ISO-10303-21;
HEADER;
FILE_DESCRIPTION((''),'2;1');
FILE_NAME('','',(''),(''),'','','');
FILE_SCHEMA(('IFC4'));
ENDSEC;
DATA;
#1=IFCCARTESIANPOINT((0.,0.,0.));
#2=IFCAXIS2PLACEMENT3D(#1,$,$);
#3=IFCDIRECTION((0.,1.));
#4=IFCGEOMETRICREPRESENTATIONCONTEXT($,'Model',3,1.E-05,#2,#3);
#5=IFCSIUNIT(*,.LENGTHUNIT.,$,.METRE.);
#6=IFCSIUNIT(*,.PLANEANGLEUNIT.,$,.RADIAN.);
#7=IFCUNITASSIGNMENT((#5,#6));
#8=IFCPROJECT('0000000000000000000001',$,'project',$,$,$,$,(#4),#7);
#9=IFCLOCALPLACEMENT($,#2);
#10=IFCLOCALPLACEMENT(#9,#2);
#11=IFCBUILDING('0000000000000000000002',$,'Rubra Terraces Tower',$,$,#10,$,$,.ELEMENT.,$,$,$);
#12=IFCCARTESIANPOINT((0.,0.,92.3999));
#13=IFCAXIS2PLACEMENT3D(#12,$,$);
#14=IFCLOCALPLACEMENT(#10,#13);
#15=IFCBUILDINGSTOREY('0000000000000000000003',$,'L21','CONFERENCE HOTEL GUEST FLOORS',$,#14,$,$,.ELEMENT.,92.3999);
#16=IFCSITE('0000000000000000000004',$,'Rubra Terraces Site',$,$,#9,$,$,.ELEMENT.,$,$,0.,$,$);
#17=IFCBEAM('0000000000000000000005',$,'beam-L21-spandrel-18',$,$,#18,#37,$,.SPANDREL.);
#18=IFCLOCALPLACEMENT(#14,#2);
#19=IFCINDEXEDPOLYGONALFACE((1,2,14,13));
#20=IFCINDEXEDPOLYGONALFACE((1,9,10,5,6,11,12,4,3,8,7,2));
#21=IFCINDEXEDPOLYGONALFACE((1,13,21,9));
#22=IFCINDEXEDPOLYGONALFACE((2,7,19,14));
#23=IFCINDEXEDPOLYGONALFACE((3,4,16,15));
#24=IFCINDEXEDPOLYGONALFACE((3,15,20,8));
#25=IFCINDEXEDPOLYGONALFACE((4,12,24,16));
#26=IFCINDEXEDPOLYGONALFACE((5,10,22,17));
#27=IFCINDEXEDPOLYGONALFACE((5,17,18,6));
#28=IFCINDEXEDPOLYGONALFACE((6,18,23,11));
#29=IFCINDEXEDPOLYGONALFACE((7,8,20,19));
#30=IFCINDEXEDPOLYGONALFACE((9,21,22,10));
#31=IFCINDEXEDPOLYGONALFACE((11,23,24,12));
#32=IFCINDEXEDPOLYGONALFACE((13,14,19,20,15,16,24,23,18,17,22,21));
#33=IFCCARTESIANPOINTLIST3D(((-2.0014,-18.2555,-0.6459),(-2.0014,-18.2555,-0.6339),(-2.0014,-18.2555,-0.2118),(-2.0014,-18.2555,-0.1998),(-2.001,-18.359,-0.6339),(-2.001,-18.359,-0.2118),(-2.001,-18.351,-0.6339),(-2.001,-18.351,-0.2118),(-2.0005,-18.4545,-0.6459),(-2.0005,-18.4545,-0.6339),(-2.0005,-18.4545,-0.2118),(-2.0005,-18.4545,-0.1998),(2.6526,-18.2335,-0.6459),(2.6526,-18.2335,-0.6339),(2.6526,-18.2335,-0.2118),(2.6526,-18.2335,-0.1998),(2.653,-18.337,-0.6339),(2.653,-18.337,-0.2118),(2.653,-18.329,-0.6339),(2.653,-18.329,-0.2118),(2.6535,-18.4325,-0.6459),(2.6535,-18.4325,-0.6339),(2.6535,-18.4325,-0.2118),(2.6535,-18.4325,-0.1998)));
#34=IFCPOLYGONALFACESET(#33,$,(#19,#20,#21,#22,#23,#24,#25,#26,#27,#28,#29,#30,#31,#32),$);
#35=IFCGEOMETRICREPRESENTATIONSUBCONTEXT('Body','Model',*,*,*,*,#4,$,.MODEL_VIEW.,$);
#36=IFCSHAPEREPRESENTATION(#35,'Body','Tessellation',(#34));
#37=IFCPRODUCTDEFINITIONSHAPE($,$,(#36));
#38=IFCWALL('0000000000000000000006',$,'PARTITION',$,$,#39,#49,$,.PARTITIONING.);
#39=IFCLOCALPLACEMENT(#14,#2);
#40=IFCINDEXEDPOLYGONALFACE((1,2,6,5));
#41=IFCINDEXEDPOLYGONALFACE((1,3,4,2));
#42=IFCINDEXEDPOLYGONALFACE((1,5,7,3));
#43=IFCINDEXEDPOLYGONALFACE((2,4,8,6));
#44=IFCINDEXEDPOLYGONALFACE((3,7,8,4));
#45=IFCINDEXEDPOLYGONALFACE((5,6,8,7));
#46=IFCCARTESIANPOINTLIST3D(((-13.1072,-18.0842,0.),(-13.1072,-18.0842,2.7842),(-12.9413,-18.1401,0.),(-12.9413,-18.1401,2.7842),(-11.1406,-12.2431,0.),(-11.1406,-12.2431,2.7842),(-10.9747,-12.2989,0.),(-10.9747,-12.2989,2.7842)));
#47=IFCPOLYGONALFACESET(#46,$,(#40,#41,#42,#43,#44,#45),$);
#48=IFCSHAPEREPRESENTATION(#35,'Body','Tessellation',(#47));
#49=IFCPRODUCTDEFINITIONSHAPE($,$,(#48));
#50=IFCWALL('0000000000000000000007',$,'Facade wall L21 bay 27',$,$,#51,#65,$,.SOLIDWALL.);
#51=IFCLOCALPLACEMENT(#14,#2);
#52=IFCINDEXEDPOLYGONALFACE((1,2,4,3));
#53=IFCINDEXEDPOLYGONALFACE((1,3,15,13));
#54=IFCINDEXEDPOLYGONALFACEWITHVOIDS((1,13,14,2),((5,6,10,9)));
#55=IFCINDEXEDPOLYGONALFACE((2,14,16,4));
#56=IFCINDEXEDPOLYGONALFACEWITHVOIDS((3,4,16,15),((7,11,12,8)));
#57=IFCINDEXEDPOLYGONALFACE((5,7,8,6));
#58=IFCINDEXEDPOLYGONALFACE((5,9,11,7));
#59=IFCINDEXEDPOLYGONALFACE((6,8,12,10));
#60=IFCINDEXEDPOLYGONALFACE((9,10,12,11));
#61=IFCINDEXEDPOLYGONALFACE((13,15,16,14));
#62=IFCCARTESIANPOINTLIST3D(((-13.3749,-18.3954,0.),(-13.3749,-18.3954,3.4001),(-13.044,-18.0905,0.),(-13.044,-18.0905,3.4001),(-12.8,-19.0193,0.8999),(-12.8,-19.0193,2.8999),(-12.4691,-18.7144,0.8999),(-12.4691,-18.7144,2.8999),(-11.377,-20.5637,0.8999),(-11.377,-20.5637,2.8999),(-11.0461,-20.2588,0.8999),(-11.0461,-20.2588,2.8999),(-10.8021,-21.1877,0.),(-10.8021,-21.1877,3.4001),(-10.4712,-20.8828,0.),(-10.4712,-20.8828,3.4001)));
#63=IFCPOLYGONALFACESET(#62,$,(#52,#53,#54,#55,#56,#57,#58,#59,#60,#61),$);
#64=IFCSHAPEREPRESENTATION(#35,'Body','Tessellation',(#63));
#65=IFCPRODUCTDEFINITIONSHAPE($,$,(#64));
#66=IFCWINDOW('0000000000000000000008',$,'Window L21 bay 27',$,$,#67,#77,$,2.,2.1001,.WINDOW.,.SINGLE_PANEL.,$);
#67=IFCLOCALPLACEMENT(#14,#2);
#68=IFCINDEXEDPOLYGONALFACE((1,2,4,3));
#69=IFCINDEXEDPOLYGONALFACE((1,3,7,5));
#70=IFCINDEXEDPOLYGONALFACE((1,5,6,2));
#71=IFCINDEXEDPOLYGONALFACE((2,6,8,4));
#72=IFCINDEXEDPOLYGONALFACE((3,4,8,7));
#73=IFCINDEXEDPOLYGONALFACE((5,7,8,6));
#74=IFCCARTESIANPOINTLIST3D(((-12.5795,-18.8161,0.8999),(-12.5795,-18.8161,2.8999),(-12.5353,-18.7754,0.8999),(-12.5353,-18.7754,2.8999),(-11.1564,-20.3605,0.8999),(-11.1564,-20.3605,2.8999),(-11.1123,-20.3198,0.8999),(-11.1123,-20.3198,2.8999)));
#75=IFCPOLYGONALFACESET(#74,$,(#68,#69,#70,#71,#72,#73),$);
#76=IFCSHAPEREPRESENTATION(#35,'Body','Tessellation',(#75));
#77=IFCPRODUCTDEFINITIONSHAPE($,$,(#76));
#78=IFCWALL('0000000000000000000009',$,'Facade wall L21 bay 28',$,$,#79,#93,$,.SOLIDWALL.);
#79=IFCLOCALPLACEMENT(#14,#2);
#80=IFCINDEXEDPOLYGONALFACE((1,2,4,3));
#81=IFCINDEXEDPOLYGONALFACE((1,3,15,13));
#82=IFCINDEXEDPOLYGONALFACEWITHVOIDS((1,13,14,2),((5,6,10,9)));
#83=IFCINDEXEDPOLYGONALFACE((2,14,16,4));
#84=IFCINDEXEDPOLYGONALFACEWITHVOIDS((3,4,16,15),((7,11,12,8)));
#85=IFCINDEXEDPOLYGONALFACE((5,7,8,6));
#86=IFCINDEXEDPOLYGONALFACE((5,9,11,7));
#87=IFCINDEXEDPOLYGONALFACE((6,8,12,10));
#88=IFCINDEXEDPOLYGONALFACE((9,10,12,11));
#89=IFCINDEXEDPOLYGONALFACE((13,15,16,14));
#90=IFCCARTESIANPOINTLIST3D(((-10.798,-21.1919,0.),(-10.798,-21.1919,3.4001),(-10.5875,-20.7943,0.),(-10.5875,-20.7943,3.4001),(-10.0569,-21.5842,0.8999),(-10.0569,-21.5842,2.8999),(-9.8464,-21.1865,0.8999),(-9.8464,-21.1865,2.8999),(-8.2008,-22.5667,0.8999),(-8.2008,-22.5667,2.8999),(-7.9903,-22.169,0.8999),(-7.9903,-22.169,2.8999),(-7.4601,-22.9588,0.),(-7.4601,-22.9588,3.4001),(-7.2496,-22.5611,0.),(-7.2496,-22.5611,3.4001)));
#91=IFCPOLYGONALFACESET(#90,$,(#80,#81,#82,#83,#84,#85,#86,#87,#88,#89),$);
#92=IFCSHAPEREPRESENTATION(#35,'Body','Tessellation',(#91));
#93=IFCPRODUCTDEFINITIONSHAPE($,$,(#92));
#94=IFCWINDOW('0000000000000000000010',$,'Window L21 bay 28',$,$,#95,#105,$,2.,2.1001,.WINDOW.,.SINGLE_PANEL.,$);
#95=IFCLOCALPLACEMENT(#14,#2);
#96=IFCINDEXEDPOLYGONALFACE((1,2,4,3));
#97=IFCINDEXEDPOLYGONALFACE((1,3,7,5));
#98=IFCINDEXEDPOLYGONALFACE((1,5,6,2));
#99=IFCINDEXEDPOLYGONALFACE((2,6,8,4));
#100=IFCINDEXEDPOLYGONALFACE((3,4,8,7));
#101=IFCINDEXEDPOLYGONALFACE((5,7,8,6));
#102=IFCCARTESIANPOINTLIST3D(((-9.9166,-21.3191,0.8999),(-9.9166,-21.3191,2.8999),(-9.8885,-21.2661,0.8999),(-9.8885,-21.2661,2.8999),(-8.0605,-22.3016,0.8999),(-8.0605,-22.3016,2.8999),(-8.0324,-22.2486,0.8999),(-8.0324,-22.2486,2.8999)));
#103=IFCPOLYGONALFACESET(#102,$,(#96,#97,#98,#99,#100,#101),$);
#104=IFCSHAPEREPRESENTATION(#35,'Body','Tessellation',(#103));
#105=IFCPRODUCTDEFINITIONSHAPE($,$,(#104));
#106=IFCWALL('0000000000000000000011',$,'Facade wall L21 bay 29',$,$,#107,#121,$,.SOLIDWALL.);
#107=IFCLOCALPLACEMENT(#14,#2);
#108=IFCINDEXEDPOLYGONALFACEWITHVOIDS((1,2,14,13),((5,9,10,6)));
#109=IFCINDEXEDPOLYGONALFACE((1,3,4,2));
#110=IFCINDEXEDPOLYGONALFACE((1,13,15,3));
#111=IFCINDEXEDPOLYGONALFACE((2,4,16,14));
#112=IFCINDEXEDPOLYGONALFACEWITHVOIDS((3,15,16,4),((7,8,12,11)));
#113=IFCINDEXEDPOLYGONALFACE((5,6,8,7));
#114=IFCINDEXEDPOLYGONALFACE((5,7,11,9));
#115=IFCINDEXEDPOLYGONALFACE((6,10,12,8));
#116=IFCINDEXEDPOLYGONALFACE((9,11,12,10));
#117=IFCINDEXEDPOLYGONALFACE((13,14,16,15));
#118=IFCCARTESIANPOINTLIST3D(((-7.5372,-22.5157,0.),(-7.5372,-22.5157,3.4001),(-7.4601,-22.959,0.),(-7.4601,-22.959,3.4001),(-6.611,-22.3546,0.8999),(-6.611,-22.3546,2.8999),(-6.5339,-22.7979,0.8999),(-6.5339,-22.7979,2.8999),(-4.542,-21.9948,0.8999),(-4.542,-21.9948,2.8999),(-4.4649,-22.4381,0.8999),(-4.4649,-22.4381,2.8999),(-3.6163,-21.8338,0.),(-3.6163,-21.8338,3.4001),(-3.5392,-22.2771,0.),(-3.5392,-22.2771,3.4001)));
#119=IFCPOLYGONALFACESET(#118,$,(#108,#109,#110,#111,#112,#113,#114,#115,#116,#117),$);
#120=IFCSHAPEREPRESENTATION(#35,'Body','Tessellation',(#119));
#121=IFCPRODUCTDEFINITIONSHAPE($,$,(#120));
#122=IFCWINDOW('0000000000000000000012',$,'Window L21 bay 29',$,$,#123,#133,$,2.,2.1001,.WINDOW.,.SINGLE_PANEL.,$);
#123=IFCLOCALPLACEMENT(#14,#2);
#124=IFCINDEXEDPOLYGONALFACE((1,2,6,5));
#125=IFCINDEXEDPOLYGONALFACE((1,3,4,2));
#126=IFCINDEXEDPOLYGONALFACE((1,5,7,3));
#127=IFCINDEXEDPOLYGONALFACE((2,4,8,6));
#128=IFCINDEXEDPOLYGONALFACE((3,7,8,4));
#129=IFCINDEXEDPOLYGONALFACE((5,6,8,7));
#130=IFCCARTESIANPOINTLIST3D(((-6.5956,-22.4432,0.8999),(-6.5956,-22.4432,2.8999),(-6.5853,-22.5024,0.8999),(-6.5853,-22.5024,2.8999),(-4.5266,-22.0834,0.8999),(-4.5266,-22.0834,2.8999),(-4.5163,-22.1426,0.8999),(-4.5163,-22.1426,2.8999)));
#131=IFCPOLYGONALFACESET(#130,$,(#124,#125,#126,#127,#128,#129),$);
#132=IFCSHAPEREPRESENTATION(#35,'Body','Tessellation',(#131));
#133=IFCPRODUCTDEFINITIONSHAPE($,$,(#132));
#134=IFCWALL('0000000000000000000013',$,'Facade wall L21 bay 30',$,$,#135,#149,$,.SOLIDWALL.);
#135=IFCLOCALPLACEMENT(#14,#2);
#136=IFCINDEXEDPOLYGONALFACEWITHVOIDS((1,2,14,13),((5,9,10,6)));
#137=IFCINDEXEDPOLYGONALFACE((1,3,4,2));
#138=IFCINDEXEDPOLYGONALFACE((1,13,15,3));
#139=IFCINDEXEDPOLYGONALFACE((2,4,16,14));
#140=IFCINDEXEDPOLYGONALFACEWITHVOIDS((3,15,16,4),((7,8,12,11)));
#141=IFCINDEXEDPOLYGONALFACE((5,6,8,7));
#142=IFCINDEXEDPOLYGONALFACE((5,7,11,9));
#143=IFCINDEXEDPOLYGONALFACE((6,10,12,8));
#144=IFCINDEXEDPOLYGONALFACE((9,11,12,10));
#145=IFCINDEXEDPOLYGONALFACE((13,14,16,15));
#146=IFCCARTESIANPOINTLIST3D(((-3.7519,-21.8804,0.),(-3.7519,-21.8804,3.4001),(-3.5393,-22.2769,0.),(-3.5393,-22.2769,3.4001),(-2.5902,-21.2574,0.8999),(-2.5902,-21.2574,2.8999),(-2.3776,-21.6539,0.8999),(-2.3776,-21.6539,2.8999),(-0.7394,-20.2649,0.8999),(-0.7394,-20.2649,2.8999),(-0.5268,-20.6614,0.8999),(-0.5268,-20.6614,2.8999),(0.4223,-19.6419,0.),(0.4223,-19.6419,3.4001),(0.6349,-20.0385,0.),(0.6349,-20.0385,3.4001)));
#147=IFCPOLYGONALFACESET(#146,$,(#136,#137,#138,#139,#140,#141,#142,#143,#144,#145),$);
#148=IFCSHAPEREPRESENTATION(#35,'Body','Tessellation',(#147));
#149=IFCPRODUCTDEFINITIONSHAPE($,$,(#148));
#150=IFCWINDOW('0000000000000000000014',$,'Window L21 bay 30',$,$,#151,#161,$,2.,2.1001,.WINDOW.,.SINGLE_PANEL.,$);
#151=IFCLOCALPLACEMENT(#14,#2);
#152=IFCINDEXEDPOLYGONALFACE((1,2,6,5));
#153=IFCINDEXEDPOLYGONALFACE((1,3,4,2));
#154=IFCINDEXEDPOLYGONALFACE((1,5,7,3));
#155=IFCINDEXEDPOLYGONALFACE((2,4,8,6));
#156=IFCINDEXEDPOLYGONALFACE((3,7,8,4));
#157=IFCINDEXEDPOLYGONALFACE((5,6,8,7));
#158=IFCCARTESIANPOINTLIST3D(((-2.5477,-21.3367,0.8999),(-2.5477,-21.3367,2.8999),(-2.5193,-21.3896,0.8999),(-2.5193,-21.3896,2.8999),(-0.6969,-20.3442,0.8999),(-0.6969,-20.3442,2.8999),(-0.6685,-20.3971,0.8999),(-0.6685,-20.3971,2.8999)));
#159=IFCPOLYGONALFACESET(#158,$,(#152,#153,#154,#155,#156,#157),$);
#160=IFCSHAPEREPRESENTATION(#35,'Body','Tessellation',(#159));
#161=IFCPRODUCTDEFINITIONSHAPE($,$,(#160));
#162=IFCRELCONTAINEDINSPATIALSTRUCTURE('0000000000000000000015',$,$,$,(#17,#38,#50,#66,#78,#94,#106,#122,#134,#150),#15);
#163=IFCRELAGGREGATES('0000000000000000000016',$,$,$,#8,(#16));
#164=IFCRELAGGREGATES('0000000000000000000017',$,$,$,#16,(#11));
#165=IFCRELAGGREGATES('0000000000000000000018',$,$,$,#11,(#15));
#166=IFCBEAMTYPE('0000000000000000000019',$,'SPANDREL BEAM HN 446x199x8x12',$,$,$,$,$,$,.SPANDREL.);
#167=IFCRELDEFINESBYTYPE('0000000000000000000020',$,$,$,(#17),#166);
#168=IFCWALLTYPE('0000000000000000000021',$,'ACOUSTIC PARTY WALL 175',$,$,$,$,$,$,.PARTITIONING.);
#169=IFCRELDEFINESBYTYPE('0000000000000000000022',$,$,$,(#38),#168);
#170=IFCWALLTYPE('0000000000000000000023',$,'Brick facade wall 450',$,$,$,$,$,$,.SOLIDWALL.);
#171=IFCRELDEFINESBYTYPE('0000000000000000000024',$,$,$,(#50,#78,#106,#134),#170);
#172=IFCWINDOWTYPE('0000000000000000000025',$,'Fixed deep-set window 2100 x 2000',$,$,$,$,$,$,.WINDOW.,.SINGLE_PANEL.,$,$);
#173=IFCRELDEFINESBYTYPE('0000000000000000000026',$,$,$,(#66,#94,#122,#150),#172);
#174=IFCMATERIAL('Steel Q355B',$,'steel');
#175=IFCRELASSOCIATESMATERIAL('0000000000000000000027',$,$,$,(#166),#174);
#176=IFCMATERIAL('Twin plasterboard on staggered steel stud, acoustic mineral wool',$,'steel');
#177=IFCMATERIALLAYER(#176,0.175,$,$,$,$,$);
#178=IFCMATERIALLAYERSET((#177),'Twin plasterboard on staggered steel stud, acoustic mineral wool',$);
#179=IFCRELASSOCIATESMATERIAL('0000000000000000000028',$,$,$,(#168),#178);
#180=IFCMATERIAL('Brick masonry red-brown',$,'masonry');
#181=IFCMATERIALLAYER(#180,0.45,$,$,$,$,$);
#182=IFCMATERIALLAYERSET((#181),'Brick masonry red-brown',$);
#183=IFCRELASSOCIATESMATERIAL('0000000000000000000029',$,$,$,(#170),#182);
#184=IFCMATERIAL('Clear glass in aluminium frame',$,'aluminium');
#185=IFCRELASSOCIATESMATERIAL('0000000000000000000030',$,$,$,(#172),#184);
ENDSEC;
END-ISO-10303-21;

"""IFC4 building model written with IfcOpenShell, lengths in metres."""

from ifc_helpers import new_model, si_unit, direction, frame, frame_2d, origin, origin_2d, place, context, subcontext, project, spatial, rectangle, i_section, extrude, material, layer, layer_set, material_profile, profile_set, type_object, element, fill, save


model = new_model("IFC4")

# Units and contexts
model_context = context("Model", 3, precision=1e-05, world=origin(), true_north=direction((0.0, 1.0)))
body_context = subcontext(model_context, "Body", "Model", "MODEL_VIEW")
ifc_project = project(units=[si_unit("LENGTHUNIT", "METRE"), si_unit("PLANEANGLEUNIT", "RADIAN")], contexts=[model_context])

# Site, building, storey
site_placement = place(None, origin())
site = spatial("IfcSite", under=ifc_project, at=site_placement, Name="Rubra Terraces Site", CompositionType="ELEMENT", RefElevation=0.0)
building_placement = place(site_placement, origin())
building = spatial("IfcBuilding", under=site, at=building_placement, Name="Rubra Terraces Tower", CompositionType="ELEMENT")
storey_placement = place(building_placement, frame((0.0, 0.0, 92.3999)))
storey = spatial("IfcBuildingStorey", under=building, at=storey_placement, Name="L21", Description="CONFERENCE HOTEL GUEST FLOORS", CompositionType="ELEMENT", Elevation=92.3999)

# Beam
ifc_material_1 = material(Name="Steel Q355B", Category="steel")
ifc_material_profile_1 = material_profile(ifc_material_1, i_section(OverallWidth=0.199, OverallDepth=0.446, WebThickness=0.0081, FlangeThickness=0.012, at=origin_2d()), Name="HN 446x199x8x12")
ifc_profile_set_1 = profile_set([ifc_material_profile_1], Name="Steel Q355B")
beam_type_1 = type_object("IfcBeamType", Name="SPANDREL BEAM HN 446x199x8x12", PredefinedType="SPANDREL", material=ifc_profile_set_1)
beam_1_placement = place(storey_placement, frame((-2.001, -18.355, -0.4229), z_axis=(0.999989, 0.004721, 0.0), x_axis=(-0.004721, 0.999989, 0.0)))
element("IfcBeam", 1, at=beam_1_placement, inside=storey, type_object=beam_type_1, Name="beam-L21-spandrel-18", PredefinedType="SPANDREL", context=body_context, shape_type="SweptSolid", body=[
    extrude(i_section(OverallWidth=0.199, OverallDepth=0.446, WebThickness=0.0081, FlangeThickness=0.012, at=origin_2d()), origin(), (0.0, 0.0, 1.0), 4.6541),
])

# Wall
ifc_material_2 = material(Name="Twin plasterboard on staggered steel stud, acoustic mineral wool", Category="steel")
ifc_layer_1 = layer(ifc_material_2, 0.175)
ifc_layer_set_1 = layer_set([ifc_layer_1], Name="Twin plasterboard on staggered steel stud, acoustic mineral wool")
wall_type_1 = type_object("IfcWallType", Name="ACOUSTIC PARTY WALL 175", PredefinedType="PARTITIONING", material=ifc_layer_set_1)
wall_1_placement = place(storey_placement, frame((-13.0242, -18.1121, 0.0), z_axis=(0.0, 0.0, 1.0), x_axis=(0.319078, 0.947728, 0.0)))
element("IfcWall", 2, at=wall_1_placement, inside=storey, type_object=wall_type_1, Name="PARTITION", PredefinedType="PARTITIONING", context=body_context, shape_type="SweptSolid", body=[
    extrude(rectangle(XDim=6.1633, YDim=0.175, at=frame_2d((3.0815, 0.0))), origin(), (0.0, 0.0, 1.0), 2.7842),
])

# Walls, openings, windows
ifc_material_3 = material(Name="Brick masonry red-brown", Category="masonry")
ifc_layer_2 = layer(ifc_material_3, 0.45)
ifc_layer_set_2 = layer_set([ifc_layer_2], Name="Brick masonry red-brown")
wall_type_2 = type_object("IfcWallType", Name="Brick facade wall 450", PredefinedType="SOLIDWALL", material=ifc_layer_set_2)
wall_2_placement = place(storey_placement, frame((-13.2095, -18.2429, 0.0), z_axis=(0.0, 0.0, 1.0), x_axis=(0.677612, -0.735419, 0.0)))
wall_2 = element("IfcWall", 3, at=wall_2_placement, inside=storey, type_object=wall_type_2, Name="Facade wall L21 bay 27", PredefinedType="SOLIDWALL", context=body_context, shape_type="SweptSolid", body=[
    extrude(rectangle(XDim=3.7969, YDim=0.45, at=frame_2d((1.8984, 0.0))), origin(), (0.0, 0.0, 1.0), 3.4001),
])
opening_1_placement = place(wall_2_placement, frame((0.8484, 0.0, 0.8999)))
opening_1 = element("IfcOpeningElement", 4, at=opening_1_placement, cuts=wall_2, PredefinedType="OPENING", context=body_context, shape_type="SweptSolid", body=[
    extrude(rectangle(XDim=2.1001, YDim=2.0, at=frame_2d((1.05, 1.0))), frame((0.0, 0.2349, 0.0), z_axis=(0.0, -1.0, 0.0), x_axis=(1.0, 0.0, 0.0)), (0.0, 0.0, 1.0), 0.47),
])
ifc_material_4 = material(Name="Clear glass in aluminium frame", Category="aluminium")
window_type = type_object("IfcWindowType", Name="Fixed deep-set window 2100 x 2000", PartitioningType="SINGLE_PANEL", PredefinedType="WINDOW", material=ifc_material_4)
window_1_placement = place(opening_1_placement, origin())
window_1 = element("IfcWindow", 5, at=window_1_placement, inside=storey, type_object=window_type, Name="Window L21 bay 27", OverallHeight=2.0, OverallWidth=2.1001, PartitioningType="SINGLE_PANEL", PredefinedType="WINDOW", context=body_context, shape_type="SweptSolid", body=[
    extrude(rectangle(XDim=2.1001, YDim=2.0, at=frame_2d((1.05, 1.0))), frame((0.0, 0.135, 0.0), z_axis=(0.0, -1.0, 0.0), x_axis=(1.0, 0.0, 0.0)), (0.0, 0.0, 1.0), 0.0601),
])
fill(opening_1, window_1)
wall_3_placement = place(storey_placement, frame((-10.6926, -20.9932, 0.0), z_axis=(0.0, 0.0, 1.0), x_axis=(0.883818, -0.467831, 0.0)))
wall_3 = element("IfcWall", 6, at=wall_3_placement, inside=storey, type_object=wall_type_2, Name="Facade wall L21 bay 28", PredefinedType="SOLIDWALL", context=body_context, shape_type="SweptSolid", body=[
    extrude(rectangle(XDim=3.7766, YDim=0.45, at=frame_2d((1.8882, 0.0))), origin(), (0.0, 0.0, 1.0), 3.4001),
])
opening_2_placement = place(wall_3_placement, frame((0.8384, 0.0, 0.8999)))
opening_2 = element("IfcOpeningElement", 7, at=opening_2_placement, cuts=wall_3, PredefinedType="OPENING", context=body_context, shape_type="SweptSolid", body=[
    extrude(rectangle(XDim=2.1001, YDim=2.0, at=frame_2d((1.05, 1.0))), frame((0.0, 0.2349, 0.0), z_axis=(0.0, -1.0, 0.0), x_axis=(1.0, 0.0, 0.0)), (0.0, 0.0, 1.0), 0.47),
])
window_2_placement = place(opening_2_placement, origin())
window_2 = element("IfcWindow", 8, at=window_2_placement, inside=storey, type_object=window_type, Name="Window L21 bay 28", OverallHeight=2.0, OverallWidth=2.1001, PartitioningType="SINGLE_PANEL", PredefinedType="WINDOW", context=body_context, shape_type="SweptSolid", body=[
    extrude(rectangle(XDim=2.1001, YDim=2.0, at=frame_2d((1.05, 1.0))), frame((0.0, 0.135, 0.0), z_axis=(0.0, -1.0, 0.0), x_axis=(1.0, 0.0, 0.0)), (0.0, 0.0, 1.0), 0.0601),
])
fill(opening_2, window_2)
wall_4_placement = place(storey_placement, frame((-7.4985, -22.7373, 0.0), z_axis=(0.0, 0.0, 1.0), x_axis=(0.985212, 0.171339, 0.0)))
wall_4 = element("IfcWall", 9, at=wall_4_placement, inside=storey, type_object=wall_type_2, Name="Facade wall L21 bay 29", PredefinedType="SOLIDWALL", context=body_context, shape_type="SweptSolid", body=[
    extrude(rectangle(XDim=3.9797, YDim=0.45, at=frame_2d((1.9897, 0.0))), origin(), (0.0, 0.0, 1.0), 3.4001),
])
opening_3_placement = place(wall_4_placement, frame((0.9399, 0.0, 0.8999)))
opening_3 = element("IfcOpeningElement", 10, at=opening_3_placement, cuts=wall_4, PredefinedType="OPENING", context=body_context, shape_type="SweptSolid", body=[
    extrude(rectangle(XDim=2.1001, YDim=2.0, at=frame_2d((1.05, 1.0))), frame((0.0, 0.2349, 0.0), z_axis=(0.0, -1.0, 0.0), x_axis=(1.0, 0.0, 0.0)), (0.0, 0.0, 1.0), 0.47),
])
window_3_placement = place(opening_3_placement, origin())
window_3 = element("IfcWindow", 11, at=window_3_placement, inside=storey, type_object=window_type, Name="Window L21 bay 29", OverallHeight=2.0, OverallWidth=2.1001, PartitioningType="SINGLE_PANEL", PredefinedType="WINDOW", context=body_context, shape_type="SweptSolid", body=[
    extrude(rectangle(XDim=2.1001, YDim=2.0, at=frame_2d((1.05, 1.0))), frame((0.0, 0.135, 0.0), z_axis=(0.0, -1.0, 0.0), x_axis=(1.0, 0.0, 0.0)), (0.0, 0.0, 1.0), 0.0601),
])
fill(opening_3, window_3)
wall_5_placement = place(storey_placement, frame((-3.6455, -22.0786, 0.0), z_axis=(0.0, 0.0, 1.0), x_axis=(0.881279, 0.472596, 0.0)))
wall_5 = element("IfcWall", 12, at=wall_5_placement, inside=storey, type_object=wall_type_2, Name="Facade wall L21 bay 30", PredefinedType="SOLIDWALL", context=body_context, shape_type="SweptSolid", body=[
    extrude(rectangle(XDim=4.7366, YDim=0.45, at=frame_2d((2.3682, 0.0))), origin(), (0.0, 0.0, 1.0), 3.4001),
])
opening_4_placement = place(wall_5_placement, frame((1.3181, 0.0, 0.8999)))
opening_4 = element("IfcOpeningElement", 13, at=opening_4_placement, cuts=wall_5, PredefinedType="OPENING", context=body_context, shape_type="SweptSolid", body=[
    extrude(rectangle(XDim=2.1001, YDim=2.0, at=frame_2d((1.05, 1.0))), frame((0.0, 0.2349, 0.0), z_axis=(0.0, -1.0, 0.0), x_axis=(1.0, 0.0, 0.0)), (0.0, 0.0, 1.0), 0.47),
])
window_4_placement = place(opening_4_placement, origin())
window_4 = element("IfcWindow", 14, at=window_4_placement, inside=storey, type_object=window_type, Name="Window L21 bay 30", OverallHeight=2.0, OverallWidth=2.1001, PartitioningType="SINGLE_PANEL", PredefinedType="WINDOW", context=body_context, shape_type="SweptSolid", body=[
    extrude(rectangle(XDim=2.1001, YDim=2.0, at=frame_2d((1.05, 1.0))), frame((0.0, 0.135, 0.0), z_axis=(0.0, -1.0, 0.0), x_axis=(1.0, 0.0, 0.0)), (0.0, 0.0, 1.0), 0.0601),
])
fill(opening_4, window_4)

save(model, "model.ifc")
